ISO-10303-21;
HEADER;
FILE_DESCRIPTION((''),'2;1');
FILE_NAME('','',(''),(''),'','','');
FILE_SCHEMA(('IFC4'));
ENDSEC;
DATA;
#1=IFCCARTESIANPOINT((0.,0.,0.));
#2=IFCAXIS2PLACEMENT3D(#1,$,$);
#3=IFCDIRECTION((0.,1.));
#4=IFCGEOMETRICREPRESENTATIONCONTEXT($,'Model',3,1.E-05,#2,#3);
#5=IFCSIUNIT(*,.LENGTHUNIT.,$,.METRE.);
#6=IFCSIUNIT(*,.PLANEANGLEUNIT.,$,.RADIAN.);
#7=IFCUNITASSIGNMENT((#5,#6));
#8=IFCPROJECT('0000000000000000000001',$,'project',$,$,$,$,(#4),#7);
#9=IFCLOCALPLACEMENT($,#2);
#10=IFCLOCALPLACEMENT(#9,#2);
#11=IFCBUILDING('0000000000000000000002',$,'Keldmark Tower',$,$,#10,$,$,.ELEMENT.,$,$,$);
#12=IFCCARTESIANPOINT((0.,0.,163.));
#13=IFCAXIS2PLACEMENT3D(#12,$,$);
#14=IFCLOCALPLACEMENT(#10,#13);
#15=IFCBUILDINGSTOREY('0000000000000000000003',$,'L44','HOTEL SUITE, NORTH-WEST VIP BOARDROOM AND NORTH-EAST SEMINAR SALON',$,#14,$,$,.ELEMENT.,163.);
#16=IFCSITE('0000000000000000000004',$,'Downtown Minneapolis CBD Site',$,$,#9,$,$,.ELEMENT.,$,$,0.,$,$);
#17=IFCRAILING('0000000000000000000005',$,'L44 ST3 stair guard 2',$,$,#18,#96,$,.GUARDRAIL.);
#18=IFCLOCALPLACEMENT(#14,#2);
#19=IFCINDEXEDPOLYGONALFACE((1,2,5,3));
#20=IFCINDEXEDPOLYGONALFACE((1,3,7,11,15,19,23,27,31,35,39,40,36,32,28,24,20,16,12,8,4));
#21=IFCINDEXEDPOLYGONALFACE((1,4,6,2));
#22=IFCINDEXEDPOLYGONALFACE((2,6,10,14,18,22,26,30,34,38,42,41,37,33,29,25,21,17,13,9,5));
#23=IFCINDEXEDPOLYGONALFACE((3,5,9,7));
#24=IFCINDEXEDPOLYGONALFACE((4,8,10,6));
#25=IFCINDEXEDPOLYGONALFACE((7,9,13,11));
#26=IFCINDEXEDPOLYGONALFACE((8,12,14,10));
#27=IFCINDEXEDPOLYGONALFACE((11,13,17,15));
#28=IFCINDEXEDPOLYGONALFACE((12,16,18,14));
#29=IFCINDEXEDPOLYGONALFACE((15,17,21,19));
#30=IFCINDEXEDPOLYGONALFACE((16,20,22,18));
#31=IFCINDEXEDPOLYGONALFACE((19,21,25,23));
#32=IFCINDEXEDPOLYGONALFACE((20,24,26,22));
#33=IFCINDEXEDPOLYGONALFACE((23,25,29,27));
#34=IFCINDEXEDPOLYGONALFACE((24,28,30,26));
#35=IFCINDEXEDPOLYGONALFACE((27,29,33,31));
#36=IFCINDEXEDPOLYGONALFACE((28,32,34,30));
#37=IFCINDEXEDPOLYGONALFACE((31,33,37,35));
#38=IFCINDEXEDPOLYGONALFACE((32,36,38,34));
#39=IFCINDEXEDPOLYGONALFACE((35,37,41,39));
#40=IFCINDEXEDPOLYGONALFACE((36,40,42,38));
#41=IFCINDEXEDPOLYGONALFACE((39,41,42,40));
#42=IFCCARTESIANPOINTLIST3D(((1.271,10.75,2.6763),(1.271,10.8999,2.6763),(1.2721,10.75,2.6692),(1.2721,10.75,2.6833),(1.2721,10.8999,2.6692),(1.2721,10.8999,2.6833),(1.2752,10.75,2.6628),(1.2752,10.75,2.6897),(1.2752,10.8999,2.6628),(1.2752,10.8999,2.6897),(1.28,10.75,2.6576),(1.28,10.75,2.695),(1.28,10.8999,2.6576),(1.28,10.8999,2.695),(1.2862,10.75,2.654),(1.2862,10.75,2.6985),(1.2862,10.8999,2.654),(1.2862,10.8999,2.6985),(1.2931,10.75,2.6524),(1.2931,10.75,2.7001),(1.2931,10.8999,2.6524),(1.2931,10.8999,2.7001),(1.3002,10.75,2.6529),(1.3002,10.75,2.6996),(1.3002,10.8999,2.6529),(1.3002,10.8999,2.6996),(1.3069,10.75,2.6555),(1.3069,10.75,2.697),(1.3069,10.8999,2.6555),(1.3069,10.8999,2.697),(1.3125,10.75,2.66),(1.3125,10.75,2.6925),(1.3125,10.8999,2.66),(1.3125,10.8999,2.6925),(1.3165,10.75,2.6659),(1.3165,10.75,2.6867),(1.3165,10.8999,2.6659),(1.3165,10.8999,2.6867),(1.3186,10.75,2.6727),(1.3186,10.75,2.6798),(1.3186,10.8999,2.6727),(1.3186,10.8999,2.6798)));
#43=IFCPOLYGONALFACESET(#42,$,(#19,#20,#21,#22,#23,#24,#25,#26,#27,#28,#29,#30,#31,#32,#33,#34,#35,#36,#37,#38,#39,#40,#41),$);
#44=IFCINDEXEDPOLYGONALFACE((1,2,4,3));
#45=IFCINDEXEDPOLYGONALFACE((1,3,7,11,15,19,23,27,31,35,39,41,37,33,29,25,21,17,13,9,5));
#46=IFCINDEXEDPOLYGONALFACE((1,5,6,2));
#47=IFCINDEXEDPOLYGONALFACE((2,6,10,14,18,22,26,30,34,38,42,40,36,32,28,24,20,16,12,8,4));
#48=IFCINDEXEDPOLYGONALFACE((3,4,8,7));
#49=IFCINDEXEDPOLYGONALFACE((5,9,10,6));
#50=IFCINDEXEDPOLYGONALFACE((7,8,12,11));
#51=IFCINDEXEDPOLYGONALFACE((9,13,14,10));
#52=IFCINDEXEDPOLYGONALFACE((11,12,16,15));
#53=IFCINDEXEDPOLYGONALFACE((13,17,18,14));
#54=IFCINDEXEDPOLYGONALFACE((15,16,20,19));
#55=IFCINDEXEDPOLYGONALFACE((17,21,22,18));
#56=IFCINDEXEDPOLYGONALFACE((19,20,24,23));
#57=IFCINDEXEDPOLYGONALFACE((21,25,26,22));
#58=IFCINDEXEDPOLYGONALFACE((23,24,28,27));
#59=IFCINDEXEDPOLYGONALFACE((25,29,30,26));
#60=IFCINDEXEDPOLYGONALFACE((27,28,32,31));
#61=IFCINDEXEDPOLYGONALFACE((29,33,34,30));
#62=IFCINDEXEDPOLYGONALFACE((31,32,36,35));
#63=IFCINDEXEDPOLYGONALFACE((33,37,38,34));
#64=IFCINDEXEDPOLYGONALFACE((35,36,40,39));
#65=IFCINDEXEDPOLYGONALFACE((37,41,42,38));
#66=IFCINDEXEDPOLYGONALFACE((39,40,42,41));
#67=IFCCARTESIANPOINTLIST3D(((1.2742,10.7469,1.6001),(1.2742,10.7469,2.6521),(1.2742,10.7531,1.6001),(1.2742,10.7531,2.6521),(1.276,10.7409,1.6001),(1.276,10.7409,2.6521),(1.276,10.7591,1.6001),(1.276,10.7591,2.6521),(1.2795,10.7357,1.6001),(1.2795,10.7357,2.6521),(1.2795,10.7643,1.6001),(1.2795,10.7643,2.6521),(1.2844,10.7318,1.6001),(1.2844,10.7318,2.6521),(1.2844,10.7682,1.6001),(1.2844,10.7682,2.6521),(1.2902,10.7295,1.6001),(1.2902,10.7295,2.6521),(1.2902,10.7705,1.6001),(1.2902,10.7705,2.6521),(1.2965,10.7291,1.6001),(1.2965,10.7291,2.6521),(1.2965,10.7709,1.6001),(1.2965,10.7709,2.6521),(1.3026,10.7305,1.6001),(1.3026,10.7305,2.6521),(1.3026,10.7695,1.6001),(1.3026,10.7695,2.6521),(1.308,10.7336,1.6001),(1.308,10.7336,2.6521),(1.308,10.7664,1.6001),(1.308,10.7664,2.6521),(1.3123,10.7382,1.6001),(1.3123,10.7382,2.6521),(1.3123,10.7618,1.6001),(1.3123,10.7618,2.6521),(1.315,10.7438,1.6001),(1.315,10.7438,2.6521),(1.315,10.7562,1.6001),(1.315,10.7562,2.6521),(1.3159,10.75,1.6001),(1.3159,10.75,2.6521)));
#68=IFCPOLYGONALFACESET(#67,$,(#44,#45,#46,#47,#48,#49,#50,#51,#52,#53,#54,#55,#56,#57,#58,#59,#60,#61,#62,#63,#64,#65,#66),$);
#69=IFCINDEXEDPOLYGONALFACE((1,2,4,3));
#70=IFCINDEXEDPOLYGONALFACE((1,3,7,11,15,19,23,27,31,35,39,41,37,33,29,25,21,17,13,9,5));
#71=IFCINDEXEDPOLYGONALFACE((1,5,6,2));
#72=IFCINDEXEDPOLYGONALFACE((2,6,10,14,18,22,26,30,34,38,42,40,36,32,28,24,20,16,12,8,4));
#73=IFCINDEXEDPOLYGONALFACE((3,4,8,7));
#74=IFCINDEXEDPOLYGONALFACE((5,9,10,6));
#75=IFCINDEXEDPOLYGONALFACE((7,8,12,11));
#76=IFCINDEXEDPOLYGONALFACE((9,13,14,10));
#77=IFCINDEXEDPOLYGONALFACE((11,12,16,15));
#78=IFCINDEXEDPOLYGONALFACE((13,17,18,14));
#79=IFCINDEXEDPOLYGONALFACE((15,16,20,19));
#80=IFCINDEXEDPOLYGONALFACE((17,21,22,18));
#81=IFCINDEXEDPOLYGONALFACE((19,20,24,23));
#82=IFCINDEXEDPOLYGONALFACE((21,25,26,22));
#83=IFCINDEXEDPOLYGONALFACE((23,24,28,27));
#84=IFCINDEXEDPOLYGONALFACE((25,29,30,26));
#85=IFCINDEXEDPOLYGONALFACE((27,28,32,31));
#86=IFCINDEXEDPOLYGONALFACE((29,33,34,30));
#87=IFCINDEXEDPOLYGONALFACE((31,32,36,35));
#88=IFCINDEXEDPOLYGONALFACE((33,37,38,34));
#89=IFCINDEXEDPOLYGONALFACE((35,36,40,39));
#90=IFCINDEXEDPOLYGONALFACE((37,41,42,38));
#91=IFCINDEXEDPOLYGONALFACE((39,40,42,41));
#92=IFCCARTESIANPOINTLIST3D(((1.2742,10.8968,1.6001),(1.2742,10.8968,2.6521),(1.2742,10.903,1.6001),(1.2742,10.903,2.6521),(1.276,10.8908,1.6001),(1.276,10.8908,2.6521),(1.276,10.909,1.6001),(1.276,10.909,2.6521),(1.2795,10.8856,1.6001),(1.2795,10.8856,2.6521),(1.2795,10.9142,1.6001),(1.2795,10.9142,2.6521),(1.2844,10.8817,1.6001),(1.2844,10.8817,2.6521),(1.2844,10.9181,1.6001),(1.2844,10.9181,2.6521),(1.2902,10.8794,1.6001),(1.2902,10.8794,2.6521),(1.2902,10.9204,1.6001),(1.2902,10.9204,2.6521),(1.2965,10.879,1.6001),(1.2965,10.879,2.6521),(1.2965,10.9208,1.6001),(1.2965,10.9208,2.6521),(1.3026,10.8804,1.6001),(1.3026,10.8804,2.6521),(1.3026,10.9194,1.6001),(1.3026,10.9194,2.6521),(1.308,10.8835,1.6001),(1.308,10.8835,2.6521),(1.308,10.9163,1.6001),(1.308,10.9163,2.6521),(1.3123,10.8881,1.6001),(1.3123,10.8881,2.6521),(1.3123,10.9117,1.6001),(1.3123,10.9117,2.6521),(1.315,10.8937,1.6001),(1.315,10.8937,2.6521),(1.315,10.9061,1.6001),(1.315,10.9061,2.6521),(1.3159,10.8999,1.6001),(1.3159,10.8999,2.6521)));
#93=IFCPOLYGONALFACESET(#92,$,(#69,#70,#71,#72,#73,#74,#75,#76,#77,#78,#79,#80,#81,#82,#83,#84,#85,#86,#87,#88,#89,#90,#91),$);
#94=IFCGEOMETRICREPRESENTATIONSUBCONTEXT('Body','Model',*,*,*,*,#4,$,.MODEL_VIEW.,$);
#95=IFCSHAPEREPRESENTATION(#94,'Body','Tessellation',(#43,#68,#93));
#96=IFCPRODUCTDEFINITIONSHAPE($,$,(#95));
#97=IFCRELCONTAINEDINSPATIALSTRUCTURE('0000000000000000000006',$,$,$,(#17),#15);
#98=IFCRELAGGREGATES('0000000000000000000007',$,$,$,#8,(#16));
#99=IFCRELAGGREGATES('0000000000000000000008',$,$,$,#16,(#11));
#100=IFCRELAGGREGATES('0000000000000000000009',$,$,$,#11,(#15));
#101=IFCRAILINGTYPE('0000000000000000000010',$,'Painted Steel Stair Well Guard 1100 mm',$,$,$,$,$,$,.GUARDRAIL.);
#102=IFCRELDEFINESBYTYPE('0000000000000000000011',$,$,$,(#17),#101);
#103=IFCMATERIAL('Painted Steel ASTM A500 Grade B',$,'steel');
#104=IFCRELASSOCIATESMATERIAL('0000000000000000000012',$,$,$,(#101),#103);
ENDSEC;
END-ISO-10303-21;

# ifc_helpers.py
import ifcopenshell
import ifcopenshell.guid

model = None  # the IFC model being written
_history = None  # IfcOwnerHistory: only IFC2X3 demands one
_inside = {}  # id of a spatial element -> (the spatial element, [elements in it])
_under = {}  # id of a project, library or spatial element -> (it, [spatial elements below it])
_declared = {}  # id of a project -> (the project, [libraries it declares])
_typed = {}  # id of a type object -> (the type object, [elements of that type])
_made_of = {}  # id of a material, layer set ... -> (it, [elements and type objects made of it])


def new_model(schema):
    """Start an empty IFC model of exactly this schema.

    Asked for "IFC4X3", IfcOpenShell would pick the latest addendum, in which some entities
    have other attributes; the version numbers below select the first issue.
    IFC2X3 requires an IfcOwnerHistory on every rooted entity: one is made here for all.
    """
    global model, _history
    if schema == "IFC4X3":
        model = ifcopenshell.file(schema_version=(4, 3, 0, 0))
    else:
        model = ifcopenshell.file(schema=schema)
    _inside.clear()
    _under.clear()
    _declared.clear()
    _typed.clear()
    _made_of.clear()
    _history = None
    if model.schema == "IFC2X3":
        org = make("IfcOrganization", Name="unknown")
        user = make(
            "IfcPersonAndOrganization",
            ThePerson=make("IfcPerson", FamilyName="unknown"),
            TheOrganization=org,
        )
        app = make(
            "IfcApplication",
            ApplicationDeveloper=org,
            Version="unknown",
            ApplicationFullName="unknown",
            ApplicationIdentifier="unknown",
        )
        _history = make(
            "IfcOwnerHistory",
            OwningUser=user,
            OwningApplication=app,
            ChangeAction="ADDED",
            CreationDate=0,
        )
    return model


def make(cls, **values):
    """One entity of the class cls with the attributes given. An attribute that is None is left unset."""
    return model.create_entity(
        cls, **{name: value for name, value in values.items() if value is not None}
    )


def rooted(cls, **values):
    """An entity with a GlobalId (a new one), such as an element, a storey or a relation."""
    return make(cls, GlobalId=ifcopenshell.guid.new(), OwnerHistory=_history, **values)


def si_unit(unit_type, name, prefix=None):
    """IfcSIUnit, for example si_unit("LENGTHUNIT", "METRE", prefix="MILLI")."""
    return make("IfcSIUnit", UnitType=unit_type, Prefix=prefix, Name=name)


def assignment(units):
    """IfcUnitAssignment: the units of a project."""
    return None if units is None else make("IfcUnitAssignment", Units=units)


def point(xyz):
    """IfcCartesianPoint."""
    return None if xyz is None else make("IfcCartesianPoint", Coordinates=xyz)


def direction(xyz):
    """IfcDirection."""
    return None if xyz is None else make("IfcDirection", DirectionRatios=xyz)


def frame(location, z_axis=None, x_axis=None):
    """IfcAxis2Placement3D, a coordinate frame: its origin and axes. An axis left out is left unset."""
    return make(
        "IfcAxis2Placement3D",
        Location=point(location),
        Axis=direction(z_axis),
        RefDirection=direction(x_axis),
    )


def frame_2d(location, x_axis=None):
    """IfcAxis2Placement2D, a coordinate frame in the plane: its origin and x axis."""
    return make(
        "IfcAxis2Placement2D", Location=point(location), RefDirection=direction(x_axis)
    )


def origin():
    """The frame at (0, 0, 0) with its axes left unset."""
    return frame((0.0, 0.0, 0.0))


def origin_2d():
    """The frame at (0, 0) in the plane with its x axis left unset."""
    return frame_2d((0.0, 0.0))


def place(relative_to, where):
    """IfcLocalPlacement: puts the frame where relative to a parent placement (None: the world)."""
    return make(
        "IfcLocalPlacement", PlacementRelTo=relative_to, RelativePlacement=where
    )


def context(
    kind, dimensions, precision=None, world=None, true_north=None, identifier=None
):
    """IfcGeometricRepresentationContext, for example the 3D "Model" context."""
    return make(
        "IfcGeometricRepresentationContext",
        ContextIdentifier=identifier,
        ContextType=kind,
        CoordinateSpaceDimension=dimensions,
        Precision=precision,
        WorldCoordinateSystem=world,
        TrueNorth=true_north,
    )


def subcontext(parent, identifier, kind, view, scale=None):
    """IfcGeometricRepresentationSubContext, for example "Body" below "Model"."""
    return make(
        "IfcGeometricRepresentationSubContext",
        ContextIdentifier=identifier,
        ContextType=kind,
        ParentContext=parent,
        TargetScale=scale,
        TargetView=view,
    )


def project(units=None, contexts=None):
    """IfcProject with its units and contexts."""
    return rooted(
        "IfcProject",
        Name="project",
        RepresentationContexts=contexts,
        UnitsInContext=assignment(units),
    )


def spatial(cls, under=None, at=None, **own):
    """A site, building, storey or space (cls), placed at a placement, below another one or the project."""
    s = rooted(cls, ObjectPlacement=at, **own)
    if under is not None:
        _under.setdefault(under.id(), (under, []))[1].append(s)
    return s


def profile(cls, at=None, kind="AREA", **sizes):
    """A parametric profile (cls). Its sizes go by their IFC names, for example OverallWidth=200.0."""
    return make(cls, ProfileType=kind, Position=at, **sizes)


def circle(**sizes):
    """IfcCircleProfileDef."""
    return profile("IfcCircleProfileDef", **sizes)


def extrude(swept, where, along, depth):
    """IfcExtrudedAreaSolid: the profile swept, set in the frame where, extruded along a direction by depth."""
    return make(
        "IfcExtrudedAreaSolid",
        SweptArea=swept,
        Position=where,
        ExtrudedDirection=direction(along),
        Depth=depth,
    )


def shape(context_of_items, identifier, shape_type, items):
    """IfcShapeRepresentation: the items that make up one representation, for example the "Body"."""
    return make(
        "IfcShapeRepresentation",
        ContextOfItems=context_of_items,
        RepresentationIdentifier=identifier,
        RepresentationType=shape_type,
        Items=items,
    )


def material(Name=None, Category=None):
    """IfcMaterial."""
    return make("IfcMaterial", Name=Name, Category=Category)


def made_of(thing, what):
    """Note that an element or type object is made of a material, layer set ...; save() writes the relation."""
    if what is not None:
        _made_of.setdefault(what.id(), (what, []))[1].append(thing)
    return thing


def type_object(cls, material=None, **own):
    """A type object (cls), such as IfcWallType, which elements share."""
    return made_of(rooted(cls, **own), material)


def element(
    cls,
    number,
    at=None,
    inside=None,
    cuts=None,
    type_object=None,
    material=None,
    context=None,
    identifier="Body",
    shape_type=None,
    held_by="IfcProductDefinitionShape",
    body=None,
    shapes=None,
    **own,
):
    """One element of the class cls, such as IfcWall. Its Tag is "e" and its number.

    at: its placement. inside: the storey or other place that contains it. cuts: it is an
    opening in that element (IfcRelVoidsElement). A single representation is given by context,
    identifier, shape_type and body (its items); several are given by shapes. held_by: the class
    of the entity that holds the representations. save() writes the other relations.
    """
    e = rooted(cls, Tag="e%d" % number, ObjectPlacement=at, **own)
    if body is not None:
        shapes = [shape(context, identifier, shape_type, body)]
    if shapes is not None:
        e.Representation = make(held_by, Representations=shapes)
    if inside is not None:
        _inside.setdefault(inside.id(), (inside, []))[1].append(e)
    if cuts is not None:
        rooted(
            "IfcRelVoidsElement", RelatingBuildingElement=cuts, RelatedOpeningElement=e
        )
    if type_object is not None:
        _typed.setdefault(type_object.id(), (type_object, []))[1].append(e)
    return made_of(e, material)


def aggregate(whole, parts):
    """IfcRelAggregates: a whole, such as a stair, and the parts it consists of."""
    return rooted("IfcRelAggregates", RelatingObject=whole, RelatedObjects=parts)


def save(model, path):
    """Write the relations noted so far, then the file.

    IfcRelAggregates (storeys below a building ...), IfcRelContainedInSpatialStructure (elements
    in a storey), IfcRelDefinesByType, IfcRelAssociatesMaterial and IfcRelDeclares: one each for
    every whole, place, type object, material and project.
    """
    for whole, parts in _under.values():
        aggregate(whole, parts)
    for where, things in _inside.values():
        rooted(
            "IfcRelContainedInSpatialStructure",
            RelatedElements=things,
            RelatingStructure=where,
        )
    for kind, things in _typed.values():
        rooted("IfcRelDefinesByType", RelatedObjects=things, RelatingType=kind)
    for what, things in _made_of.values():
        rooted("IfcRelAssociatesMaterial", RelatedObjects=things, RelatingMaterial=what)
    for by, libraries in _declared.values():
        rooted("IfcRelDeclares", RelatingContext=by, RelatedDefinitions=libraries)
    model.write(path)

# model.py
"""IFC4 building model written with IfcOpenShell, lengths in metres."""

from ifc_helpers import new_model, si_unit, direction, frame, origin, origin_2d, place, context, subcontext, project, spatial, circle, extrude, material, type_object, element, save


model = new_model("IFC4")

# Units and contexts
model_context = context("Model", 3, precision=1e-05, world=origin(), true_north=direction((0.0, 1.0)))
body_context = subcontext(model_context, "Body", "Model", "MODEL_VIEW")
ifc_project = project(units=[si_unit("LENGTHUNIT", "METRE"), si_unit("PLANEANGLEUNIT", "RADIAN")], contexts=[model_context])

# Site, building, storey
site_placement = place(None, origin())
site = spatial("IfcSite", under=ifc_project, at=site_placement, Name="Downtown Minneapolis CBD Site", CompositionType="ELEMENT", RefElevation=0.0)
building_placement = place(site_placement, origin())
building = spatial("IfcBuilding", under=site, at=building_placement, Name="Keldmark Tower", CompositionType="ELEMENT")
storey_placement = place(building_placement, frame((0.0, 0.0, 163.0)))
storey = spatial("IfcBuildingStorey", under=building, at=storey_placement, Name="L44", Description="HOTEL SUITE, NORTH-WEST VIP BOARDROOM AND NORTH-EAST SEMINAR SALON", CompositionType="ELEMENT", Elevation=163.0)

# Railing
ifc_material_1 = material(Name="Painted Steel ASTM A500 Grade B", Category="steel")
railing_type_1 = type_object("IfcRailingType", Name="Painted Steel Stair Well Guard 1100 mm", PredefinedType="GUARDRAIL", material=ifc_material_1)
railing_1_placement = place(storey_placement, frame((1.2949, 10.75, 1.6001)))
element("IfcRailing", 1, at=railing_1_placement, inside=storey, type_object=railing_type_1, Name="L44 ST3 stair guard 2", PredefinedType="GUARDRAIL", context=body_context, shape_type="SweptSolid", body=[
    extrude(circle(Radius=0.0239, at=origin_2d()), frame((0.0, 0.0, 1.0762), z_axis=(0.0, 1.0, 0.0), x_axis=(-1.0, 0.0, 0.0)), (0.0, 0.0, 1.0), 0.1499),
    extrude(circle(Radius=0.021, at=origin_2d()), origin(), (0.0, 0.0, 1.0), 1.052),
    extrude(circle(Radius=0.021, at=origin_2d()), frame((0.0, 0.1499, 0.0)), (0.0, 0.0, 1.0), 1.052),
])

save(model, "model.ifc")
